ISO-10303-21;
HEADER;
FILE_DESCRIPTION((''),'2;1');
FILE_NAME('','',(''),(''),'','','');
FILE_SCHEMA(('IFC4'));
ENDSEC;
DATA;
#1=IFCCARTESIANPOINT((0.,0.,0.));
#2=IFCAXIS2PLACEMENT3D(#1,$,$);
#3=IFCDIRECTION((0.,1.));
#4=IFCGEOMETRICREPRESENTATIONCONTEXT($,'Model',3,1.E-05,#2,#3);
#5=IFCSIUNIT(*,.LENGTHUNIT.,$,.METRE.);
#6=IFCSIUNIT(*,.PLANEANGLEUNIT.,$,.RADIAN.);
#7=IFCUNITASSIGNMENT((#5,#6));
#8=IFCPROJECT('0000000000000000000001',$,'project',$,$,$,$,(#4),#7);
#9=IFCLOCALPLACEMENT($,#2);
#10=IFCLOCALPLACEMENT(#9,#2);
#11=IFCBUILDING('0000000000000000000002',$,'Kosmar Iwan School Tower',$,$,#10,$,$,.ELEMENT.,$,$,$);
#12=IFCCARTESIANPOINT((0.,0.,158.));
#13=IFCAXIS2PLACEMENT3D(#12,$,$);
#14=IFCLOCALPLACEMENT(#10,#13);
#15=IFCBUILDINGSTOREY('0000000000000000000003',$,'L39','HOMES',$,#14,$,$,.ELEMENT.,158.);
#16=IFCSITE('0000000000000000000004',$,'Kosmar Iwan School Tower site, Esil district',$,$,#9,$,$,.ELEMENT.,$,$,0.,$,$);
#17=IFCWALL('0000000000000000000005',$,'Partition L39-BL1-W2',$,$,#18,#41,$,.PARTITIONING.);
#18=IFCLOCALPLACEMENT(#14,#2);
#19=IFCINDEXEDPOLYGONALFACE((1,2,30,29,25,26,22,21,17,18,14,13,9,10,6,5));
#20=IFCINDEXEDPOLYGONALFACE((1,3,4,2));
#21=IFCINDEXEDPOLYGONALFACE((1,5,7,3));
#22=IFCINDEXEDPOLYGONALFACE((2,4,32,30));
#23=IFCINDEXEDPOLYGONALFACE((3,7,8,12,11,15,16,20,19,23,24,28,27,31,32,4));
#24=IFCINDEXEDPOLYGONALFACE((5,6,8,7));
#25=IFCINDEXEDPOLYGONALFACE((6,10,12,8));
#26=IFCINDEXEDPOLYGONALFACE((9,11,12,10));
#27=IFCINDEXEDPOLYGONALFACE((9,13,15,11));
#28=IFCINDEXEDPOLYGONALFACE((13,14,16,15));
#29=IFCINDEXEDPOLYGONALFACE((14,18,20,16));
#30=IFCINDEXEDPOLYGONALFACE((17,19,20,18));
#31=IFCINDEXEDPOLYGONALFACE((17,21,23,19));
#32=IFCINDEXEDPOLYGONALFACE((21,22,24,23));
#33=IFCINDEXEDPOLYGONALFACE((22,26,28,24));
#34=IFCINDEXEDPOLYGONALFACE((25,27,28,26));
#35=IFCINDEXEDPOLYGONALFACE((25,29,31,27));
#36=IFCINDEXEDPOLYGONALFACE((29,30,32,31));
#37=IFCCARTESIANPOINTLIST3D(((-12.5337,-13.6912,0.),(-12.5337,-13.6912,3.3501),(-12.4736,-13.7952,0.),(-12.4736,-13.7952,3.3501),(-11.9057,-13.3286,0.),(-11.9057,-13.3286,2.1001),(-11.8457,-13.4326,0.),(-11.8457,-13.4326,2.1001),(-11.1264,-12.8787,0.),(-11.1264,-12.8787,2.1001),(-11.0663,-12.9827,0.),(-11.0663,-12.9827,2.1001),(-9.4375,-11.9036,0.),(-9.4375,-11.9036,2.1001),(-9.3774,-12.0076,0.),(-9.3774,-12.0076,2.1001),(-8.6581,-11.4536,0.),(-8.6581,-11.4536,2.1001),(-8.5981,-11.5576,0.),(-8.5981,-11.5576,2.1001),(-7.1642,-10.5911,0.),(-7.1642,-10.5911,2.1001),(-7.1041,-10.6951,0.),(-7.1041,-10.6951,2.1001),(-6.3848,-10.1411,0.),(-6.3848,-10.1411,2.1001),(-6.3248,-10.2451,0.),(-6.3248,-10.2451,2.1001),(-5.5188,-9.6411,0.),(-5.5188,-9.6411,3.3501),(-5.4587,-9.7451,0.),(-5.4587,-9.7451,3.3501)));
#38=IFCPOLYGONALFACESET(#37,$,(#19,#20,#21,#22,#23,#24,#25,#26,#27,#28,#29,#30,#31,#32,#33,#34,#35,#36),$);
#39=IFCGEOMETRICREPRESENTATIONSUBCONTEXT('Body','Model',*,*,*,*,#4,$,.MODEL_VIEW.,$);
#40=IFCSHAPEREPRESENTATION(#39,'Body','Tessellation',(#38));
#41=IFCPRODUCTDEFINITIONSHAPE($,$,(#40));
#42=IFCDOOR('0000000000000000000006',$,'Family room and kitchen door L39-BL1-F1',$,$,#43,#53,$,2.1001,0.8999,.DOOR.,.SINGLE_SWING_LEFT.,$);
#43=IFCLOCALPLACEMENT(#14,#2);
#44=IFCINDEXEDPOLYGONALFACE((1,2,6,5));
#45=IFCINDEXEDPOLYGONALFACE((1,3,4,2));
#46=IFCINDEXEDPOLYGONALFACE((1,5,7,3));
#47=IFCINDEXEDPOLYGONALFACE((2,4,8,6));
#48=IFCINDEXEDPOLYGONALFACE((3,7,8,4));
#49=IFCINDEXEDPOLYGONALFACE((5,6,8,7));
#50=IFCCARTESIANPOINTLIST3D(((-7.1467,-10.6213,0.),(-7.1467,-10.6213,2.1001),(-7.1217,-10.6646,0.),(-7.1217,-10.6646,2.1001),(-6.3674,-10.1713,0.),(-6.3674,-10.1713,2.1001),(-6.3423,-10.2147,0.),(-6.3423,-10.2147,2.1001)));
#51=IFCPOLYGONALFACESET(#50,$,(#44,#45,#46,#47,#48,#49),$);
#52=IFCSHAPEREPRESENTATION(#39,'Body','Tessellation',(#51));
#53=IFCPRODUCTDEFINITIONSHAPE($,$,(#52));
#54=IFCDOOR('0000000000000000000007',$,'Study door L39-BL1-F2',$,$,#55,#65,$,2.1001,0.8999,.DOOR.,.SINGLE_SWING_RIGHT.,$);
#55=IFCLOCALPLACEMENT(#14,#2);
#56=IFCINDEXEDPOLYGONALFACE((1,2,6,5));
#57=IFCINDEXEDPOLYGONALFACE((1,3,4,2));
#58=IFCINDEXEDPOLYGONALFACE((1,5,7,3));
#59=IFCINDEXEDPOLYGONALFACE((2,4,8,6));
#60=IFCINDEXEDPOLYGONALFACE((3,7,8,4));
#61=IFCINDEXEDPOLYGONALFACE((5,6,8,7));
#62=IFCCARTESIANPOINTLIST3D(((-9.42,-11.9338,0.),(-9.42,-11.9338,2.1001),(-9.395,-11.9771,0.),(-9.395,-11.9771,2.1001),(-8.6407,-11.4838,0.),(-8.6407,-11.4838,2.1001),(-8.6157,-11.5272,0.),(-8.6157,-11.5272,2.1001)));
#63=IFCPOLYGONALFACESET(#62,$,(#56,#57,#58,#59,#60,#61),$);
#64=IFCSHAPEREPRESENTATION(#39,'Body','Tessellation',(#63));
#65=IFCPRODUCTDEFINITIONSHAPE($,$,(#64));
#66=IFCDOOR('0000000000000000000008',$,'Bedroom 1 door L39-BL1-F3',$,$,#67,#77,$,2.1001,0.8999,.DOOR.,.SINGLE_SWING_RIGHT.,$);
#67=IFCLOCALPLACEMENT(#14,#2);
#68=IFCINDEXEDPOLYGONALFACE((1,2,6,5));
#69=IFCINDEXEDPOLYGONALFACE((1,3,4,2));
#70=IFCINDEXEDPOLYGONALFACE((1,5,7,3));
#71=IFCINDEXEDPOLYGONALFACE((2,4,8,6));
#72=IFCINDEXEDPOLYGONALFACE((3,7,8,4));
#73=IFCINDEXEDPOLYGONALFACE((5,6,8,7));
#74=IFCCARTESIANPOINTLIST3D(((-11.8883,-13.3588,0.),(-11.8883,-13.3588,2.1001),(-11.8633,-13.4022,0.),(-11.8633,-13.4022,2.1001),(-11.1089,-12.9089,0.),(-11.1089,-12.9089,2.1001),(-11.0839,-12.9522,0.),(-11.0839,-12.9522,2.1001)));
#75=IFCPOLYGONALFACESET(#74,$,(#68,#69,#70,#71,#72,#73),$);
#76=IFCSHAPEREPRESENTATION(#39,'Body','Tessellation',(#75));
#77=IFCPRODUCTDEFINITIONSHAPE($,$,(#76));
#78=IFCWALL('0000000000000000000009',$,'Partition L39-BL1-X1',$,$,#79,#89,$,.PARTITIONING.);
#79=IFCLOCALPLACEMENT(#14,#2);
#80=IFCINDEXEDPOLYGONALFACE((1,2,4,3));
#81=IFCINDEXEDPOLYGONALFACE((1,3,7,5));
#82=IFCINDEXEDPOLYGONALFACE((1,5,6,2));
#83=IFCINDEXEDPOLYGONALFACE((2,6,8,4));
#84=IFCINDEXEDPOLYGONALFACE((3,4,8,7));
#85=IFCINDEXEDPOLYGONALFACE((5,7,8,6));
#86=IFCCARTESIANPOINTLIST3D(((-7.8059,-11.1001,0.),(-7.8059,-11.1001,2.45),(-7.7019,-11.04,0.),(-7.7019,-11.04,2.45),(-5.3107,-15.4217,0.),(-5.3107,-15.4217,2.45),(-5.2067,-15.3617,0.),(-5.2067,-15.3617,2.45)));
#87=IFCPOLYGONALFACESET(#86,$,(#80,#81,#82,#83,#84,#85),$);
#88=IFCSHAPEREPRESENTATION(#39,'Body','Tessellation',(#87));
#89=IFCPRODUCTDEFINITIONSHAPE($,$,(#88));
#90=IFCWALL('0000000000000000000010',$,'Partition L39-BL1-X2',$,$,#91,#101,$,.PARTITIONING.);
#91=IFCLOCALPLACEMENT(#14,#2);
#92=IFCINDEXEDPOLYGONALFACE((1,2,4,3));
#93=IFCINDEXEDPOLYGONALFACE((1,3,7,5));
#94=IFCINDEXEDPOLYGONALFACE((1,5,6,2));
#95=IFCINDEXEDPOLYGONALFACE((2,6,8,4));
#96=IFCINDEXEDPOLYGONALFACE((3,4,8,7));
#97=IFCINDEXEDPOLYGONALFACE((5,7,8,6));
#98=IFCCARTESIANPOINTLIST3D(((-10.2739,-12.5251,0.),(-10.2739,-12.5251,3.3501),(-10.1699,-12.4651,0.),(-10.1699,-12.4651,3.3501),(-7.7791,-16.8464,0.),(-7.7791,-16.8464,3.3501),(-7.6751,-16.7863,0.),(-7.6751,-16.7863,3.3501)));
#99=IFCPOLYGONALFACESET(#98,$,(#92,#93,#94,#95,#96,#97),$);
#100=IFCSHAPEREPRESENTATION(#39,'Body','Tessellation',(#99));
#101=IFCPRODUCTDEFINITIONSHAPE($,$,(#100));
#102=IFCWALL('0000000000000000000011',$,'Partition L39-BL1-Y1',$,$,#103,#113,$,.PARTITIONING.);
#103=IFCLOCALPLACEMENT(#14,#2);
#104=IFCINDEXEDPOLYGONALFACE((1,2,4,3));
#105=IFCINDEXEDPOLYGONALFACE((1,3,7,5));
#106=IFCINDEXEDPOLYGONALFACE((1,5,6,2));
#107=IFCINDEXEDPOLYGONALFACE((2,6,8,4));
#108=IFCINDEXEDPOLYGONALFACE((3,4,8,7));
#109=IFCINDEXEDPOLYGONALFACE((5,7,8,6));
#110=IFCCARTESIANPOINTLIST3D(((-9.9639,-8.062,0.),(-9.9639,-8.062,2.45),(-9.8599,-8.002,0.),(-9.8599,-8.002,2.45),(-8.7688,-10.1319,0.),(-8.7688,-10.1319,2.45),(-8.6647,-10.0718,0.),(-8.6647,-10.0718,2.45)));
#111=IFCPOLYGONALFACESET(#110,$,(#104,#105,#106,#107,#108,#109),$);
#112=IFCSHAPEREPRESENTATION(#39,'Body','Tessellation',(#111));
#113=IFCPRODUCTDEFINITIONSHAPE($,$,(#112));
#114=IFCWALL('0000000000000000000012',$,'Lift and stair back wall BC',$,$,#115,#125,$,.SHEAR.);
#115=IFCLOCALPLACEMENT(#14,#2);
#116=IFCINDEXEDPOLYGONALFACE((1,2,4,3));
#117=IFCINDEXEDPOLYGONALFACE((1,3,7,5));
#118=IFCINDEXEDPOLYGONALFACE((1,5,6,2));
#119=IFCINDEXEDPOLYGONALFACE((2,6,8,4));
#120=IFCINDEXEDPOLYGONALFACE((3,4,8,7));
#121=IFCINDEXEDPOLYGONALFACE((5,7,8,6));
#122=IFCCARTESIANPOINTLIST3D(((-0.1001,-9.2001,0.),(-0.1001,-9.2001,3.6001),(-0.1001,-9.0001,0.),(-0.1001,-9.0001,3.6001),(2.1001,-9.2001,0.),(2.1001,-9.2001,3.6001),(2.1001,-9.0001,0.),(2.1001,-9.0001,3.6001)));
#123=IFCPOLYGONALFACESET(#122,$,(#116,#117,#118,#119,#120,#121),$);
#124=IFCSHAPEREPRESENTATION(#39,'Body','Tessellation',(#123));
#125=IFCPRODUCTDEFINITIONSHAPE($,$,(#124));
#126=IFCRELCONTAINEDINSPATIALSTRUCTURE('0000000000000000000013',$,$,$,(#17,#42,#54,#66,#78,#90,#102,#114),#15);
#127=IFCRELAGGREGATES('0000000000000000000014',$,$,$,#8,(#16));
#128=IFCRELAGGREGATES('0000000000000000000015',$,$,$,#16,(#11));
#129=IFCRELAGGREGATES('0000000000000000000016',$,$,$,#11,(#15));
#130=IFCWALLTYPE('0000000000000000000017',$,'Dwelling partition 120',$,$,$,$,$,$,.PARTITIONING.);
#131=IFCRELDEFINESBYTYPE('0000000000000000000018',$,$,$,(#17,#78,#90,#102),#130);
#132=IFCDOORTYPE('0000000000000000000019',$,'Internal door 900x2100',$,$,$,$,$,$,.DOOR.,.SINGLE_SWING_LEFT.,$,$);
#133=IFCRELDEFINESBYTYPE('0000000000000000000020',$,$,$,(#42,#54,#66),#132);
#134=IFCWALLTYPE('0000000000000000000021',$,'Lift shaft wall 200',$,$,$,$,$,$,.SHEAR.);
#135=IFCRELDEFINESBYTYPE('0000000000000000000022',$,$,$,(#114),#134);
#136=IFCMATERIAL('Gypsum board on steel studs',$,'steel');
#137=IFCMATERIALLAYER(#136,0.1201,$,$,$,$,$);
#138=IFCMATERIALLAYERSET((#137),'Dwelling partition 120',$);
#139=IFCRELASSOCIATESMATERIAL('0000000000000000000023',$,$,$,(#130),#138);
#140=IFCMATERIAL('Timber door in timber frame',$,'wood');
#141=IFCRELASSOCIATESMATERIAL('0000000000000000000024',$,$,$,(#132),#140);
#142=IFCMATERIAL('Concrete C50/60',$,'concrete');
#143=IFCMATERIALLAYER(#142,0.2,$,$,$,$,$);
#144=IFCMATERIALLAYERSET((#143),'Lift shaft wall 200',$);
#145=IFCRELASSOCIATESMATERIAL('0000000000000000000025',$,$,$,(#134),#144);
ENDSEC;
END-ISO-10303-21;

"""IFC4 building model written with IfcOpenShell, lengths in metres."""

from ifc_helpers import new_model, si_unit, direction, frame, frame_2d, origin, place, context, subcontext, project, spatial, rectangle, extrude, material, layer, layer_set, type_object, element, fill, save


model = new_model("IFC4")

# Units and contexts
model_context = context("Model", 3, precision=1e-05, world=origin(), true_north=direction((0.0, 1.0)))
body_context = subcontext(model_context, "Body", "Model", "MODEL_VIEW")
ifc_project = project(units=[si_unit("LENGTHUNIT", "METRE"), si_unit("PLANEANGLEUNIT", "RADIAN")], contexts=[model_context])

# Site, building, storey
site_placement = place(None, origin())
site = spatial("IfcSite", under=ifc_project, at=site_placement, Name="Kosmar Iwan School Tower site, Esil district", CompositionType="ELEMENT", RefElevation=0.0)
building_placement = place(site_placement, origin())
building = spatial("IfcBuilding", under=site, at=building_placement, Name="Kosmar Iwan School Tower", CompositionType="ELEMENT")
storey_placement = place(building_placement, frame((0.0, 0.0, 158.0)))
storey = spatial("IfcBuildingStorey", under=building, at=storey_placement, Name="L39", Description="HOMES", CompositionType="ELEMENT", Elevation=158.0)

# Wall, openings, doors
ifc_material_1 = material(Name="Gypsum board on steel studs", Category="steel")
ifc_layer_1 = layer(ifc_material_1, 0.1201)
ifc_layer_set_1 = layer_set([ifc_layer_1], Name="Dwelling partition 120")
wall_type_1 = type_object("IfcWallType", Name="Dwelling partition 120", PredefinedType="PARTITIONING", material=ifc_layer_set_1)
ifc_material_2 = material(Name="Timber door in timber frame", Category="wood")
door_type_1 = type_object("IfcDoorType", Name="Internal door 900x2100", OperationType="SINGLE_SWING_LEFT", PredefinedType="DOOR", material=ifc_material_2)
wall_1_placement = place(storey_placement, frame((-5.4888, -9.6931, 0.0), z_axis=(0.0, 0.0, 1.0), x_axis=(-0.866025, -0.5, 0.0)))
wall_1 = element("IfcWall", 1, at=wall_1_placement, inside=storey, type_object=wall_type_1, Name="Partition L39-BL1-W2", PredefinedType="PARTITIONING", context=body_context, shape_type="SweptSolid", body=[
    extrude(rectangle(XDim=8.1001, YDim=0.1201, at=frame_2d((4.05, 0.0))), origin(), (0.0, 0.0, 1.0), 3.3501),
])
opening_1_placement = place(wall_1_placement, frame((1.0, 0.0, 0.0)))
opening_1 = element("IfcOpeningElement", 2, at=opening_1_placement, cuts=wall_1, PredefinedType="OPENING", context=body_context, shape_type="SweptSolid", body=[
    extrude(rectangle(XDim=0.8999, YDim=2.1001, at=frame_2d((0.45, 1.05))), frame((0.0, 0.072, 0.0), z_axis=(0.0, -1.0, 0.0), x_axis=(1.0, 0.0, 0.0)), (0.0, 0.0, 1.0), 0.144),
])
opening_2_placement = place(wall_1_placement, frame((3.625, 0.0, 0.0)))
opening_2 = element("IfcOpeningElement", 3, at=opening_2_placement, cuts=wall_1, PredefinedType="OPENING", context=body_context, shape_type="SweptSolid", body=[
    extrude(rectangle(XDim=0.8999, YDim=2.1001, at=frame_2d((0.45, 1.05))), frame((0.0, 0.072, 0.0), z_axis=(0.0, -1.0, 0.0), x_axis=(1.0, 0.0, 0.0)), (0.0, 0.0, 1.0), 0.144),
])
opening_3_placement = place(wall_1_placement, frame((6.4751, 0.0, 0.0)))
opening_3 = element("IfcOpeningElement", 4, at=opening_3_placement, cuts=wall_1, PredefinedType="OPENING", context=body_context, shape_type="SweptSolid", body=[
    extrude(rectangle(XDim=0.8999, YDim=2.1001, at=frame_2d((0.45, 1.05))), frame((0.0, 0.072, 0.0), z_axis=(0.0, -1.0, 0.0), x_axis=(1.0, 0.0, 0.0)), (0.0, 0.0, 1.0), 0.144),
])
door_1_placement = place(opening_1_placement, origin())
door_1 = element("IfcDoor", 5, at=door_1_placement, inside=storey, type_object=door_type_1, Name="Family room and kitchen door L39-BL1-F1", OperationType="SINGLE_SWING_LEFT", OverallHeight=2.1001, OverallWidth=0.8999, PredefinedType="DOOR", context=body_context, shape_type="SweptSolid", body=[
    extrude(rectangle(XDim=0.8999, YDim=2.1001, at=frame_2d((0.45, 1.05))), frame((0.0, 0.0249, 0.0), z_axis=(0.0, -1.0, 0.0), x_axis=(1.0, 0.0, 0.0)), (0.0, 0.0, 1.0), 0.05),
])
fill(opening_1, door_1)
door_2_placement = place(opening_2_placement, origin())
door_2 = element("IfcDoor", 6, at=door_2_placement, inside=storey, type_object=door_type_1, Name="Study door L39-BL1-F2", OperationType="SINGLE_SWING_RIGHT", OverallHeight=2.1001, OverallWidth=0.8999, PredefinedType="DOOR", context=body_context, shape_type="SweptSolid", body=[
    extrude(rectangle(XDim=0.8999, YDim=2.1001, at=frame_2d((0.45, 1.05))), frame((0.0, 0.0249, 0.0), z_axis=(0.0, -1.0, 0.0), x_axis=(1.0, 0.0, 0.0)), (0.0, 0.0, 1.0), 0.05),
])
fill(opening_2, door_2)
door_3_placement = place(opening_3_placement, origin())
door_3 = element("IfcDoor", 7, at=door_3_placement, inside=storey, type_object=door_type_1, Name="Bedroom 1 door L39-BL1-F3", OperationType="SINGLE_SWING_RIGHT", OverallHeight=2.1001, OverallWidth=0.8999, PredefinedType="DOOR", context=body_context, shape_type="SweptSolid", body=[
    extrude(rectangle(XDim=0.8999, YDim=2.1001, at=frame_2d((0.45, 1.05))), frame((0.0, 0.0249, 0.0), z_axis=(0.0, -1.0, 0.0), x_axis=(1.0, 0.0, 0.0)), (0.0, 0.0, 1.0), 0.05),
])
fill(opening_3, door_3)

# Walls
wall_2_placement = place(storey_placement, frame((-7.7539, -11.0701, 0.0), z_axis=(0.0, 0.0, 1.0), x_axis=(0.500012, -0.866019, 0.0)))
element("IfcWall", 8, at=wall_2_placement, inside=storey, type_object=wall_type_1, Name="Partition L39-BL1-X1", PredefinedType="PARTITIONING", context=body_context, shape_type="SweptSolid", body=[
    extrude(rectangle(XDim=4.9902, YDim=0.1201, at=frame_2d((2.4951, 0.0))), origin(), (0.0, 0.0, 1.0), 2.45),
])
wall_3_placement = place(storey_placement, frame((-10.2219, -12.4951, 0.0), z_axis=(0.0, 0.0, 1.0), x_axis=(0.499996, -0.866028, 0.0)))
element("IfcWall", 9, at=wall_3_placement, inside=storey, type_object=wall_type_1, Name="Partition L39-BL1-X2", PredefinedType="PARTITIONING", context=body_context, shape_type="SweptSolid", body=[
    extrude(rectangle(XDim=4.9897, YDim=0.1201, at=frame_2d((2.4949, 0.0))), origin(), (0.0, 0.0, 1.0), 3.3501),
])
wall_4_placement = place(storey_placement, frame((-9.9119, -8.032, 0.0), z_axis=(0.0, 0.0, 1.0), x_axis=(0.500017, -0.866015, 0.0)))
element("IfcWall", 10, at=wall_4_placement, inside=storey, type_object=wall_type_1, Name="Partition L39-BL1-Y1", PredefinedType="PARTITIONING", context=body_context, shape_type="SweptSolid", body=[
    extrude(rectangle(XDim=2.3901, YDim=0.1201, at=frame_2d((1.1951, 0.0))), origin(), (0.0, 0.0, 1.0), 2.45),
])
ifc_material_3 = material(Name="Concrete C50/60", Category="concrete")
ifc_layer_2 = layer(ifc_material_3, 0.2)
ifc_layer_set_2 = layer_set([ifc_layer_2], Name="Lift shaft wall 200")
wall_type_2 = type_object("IfcWallType", Name="Lift shaft wall 200", PredefinedType="SHEAR", material=ifc_layer_set_2)
wall_5_placement = place(storey_placement, frame((-0.1001, -9.1001, 0.0), z_axis=(0.0, 0.0, 1.0), x_axis=(1.0, 0.0, 0.0)))
element("IfcWall", 11, at=wall_5_placement, inside=storey, type_object=wall_type_2, Name="Lift and stair back wall BC", PredefinedType="SHEAR", context=body_context, shape_type="SweptSolid", body=[
    extrude(rectangle(XDim=2.2002, YDim=0.2, at=frame_2d((1.1001, 0.0))), origin(), (0.0, 0.0, 1.0), 3.6001),
])

save(model, "model.ifc")
